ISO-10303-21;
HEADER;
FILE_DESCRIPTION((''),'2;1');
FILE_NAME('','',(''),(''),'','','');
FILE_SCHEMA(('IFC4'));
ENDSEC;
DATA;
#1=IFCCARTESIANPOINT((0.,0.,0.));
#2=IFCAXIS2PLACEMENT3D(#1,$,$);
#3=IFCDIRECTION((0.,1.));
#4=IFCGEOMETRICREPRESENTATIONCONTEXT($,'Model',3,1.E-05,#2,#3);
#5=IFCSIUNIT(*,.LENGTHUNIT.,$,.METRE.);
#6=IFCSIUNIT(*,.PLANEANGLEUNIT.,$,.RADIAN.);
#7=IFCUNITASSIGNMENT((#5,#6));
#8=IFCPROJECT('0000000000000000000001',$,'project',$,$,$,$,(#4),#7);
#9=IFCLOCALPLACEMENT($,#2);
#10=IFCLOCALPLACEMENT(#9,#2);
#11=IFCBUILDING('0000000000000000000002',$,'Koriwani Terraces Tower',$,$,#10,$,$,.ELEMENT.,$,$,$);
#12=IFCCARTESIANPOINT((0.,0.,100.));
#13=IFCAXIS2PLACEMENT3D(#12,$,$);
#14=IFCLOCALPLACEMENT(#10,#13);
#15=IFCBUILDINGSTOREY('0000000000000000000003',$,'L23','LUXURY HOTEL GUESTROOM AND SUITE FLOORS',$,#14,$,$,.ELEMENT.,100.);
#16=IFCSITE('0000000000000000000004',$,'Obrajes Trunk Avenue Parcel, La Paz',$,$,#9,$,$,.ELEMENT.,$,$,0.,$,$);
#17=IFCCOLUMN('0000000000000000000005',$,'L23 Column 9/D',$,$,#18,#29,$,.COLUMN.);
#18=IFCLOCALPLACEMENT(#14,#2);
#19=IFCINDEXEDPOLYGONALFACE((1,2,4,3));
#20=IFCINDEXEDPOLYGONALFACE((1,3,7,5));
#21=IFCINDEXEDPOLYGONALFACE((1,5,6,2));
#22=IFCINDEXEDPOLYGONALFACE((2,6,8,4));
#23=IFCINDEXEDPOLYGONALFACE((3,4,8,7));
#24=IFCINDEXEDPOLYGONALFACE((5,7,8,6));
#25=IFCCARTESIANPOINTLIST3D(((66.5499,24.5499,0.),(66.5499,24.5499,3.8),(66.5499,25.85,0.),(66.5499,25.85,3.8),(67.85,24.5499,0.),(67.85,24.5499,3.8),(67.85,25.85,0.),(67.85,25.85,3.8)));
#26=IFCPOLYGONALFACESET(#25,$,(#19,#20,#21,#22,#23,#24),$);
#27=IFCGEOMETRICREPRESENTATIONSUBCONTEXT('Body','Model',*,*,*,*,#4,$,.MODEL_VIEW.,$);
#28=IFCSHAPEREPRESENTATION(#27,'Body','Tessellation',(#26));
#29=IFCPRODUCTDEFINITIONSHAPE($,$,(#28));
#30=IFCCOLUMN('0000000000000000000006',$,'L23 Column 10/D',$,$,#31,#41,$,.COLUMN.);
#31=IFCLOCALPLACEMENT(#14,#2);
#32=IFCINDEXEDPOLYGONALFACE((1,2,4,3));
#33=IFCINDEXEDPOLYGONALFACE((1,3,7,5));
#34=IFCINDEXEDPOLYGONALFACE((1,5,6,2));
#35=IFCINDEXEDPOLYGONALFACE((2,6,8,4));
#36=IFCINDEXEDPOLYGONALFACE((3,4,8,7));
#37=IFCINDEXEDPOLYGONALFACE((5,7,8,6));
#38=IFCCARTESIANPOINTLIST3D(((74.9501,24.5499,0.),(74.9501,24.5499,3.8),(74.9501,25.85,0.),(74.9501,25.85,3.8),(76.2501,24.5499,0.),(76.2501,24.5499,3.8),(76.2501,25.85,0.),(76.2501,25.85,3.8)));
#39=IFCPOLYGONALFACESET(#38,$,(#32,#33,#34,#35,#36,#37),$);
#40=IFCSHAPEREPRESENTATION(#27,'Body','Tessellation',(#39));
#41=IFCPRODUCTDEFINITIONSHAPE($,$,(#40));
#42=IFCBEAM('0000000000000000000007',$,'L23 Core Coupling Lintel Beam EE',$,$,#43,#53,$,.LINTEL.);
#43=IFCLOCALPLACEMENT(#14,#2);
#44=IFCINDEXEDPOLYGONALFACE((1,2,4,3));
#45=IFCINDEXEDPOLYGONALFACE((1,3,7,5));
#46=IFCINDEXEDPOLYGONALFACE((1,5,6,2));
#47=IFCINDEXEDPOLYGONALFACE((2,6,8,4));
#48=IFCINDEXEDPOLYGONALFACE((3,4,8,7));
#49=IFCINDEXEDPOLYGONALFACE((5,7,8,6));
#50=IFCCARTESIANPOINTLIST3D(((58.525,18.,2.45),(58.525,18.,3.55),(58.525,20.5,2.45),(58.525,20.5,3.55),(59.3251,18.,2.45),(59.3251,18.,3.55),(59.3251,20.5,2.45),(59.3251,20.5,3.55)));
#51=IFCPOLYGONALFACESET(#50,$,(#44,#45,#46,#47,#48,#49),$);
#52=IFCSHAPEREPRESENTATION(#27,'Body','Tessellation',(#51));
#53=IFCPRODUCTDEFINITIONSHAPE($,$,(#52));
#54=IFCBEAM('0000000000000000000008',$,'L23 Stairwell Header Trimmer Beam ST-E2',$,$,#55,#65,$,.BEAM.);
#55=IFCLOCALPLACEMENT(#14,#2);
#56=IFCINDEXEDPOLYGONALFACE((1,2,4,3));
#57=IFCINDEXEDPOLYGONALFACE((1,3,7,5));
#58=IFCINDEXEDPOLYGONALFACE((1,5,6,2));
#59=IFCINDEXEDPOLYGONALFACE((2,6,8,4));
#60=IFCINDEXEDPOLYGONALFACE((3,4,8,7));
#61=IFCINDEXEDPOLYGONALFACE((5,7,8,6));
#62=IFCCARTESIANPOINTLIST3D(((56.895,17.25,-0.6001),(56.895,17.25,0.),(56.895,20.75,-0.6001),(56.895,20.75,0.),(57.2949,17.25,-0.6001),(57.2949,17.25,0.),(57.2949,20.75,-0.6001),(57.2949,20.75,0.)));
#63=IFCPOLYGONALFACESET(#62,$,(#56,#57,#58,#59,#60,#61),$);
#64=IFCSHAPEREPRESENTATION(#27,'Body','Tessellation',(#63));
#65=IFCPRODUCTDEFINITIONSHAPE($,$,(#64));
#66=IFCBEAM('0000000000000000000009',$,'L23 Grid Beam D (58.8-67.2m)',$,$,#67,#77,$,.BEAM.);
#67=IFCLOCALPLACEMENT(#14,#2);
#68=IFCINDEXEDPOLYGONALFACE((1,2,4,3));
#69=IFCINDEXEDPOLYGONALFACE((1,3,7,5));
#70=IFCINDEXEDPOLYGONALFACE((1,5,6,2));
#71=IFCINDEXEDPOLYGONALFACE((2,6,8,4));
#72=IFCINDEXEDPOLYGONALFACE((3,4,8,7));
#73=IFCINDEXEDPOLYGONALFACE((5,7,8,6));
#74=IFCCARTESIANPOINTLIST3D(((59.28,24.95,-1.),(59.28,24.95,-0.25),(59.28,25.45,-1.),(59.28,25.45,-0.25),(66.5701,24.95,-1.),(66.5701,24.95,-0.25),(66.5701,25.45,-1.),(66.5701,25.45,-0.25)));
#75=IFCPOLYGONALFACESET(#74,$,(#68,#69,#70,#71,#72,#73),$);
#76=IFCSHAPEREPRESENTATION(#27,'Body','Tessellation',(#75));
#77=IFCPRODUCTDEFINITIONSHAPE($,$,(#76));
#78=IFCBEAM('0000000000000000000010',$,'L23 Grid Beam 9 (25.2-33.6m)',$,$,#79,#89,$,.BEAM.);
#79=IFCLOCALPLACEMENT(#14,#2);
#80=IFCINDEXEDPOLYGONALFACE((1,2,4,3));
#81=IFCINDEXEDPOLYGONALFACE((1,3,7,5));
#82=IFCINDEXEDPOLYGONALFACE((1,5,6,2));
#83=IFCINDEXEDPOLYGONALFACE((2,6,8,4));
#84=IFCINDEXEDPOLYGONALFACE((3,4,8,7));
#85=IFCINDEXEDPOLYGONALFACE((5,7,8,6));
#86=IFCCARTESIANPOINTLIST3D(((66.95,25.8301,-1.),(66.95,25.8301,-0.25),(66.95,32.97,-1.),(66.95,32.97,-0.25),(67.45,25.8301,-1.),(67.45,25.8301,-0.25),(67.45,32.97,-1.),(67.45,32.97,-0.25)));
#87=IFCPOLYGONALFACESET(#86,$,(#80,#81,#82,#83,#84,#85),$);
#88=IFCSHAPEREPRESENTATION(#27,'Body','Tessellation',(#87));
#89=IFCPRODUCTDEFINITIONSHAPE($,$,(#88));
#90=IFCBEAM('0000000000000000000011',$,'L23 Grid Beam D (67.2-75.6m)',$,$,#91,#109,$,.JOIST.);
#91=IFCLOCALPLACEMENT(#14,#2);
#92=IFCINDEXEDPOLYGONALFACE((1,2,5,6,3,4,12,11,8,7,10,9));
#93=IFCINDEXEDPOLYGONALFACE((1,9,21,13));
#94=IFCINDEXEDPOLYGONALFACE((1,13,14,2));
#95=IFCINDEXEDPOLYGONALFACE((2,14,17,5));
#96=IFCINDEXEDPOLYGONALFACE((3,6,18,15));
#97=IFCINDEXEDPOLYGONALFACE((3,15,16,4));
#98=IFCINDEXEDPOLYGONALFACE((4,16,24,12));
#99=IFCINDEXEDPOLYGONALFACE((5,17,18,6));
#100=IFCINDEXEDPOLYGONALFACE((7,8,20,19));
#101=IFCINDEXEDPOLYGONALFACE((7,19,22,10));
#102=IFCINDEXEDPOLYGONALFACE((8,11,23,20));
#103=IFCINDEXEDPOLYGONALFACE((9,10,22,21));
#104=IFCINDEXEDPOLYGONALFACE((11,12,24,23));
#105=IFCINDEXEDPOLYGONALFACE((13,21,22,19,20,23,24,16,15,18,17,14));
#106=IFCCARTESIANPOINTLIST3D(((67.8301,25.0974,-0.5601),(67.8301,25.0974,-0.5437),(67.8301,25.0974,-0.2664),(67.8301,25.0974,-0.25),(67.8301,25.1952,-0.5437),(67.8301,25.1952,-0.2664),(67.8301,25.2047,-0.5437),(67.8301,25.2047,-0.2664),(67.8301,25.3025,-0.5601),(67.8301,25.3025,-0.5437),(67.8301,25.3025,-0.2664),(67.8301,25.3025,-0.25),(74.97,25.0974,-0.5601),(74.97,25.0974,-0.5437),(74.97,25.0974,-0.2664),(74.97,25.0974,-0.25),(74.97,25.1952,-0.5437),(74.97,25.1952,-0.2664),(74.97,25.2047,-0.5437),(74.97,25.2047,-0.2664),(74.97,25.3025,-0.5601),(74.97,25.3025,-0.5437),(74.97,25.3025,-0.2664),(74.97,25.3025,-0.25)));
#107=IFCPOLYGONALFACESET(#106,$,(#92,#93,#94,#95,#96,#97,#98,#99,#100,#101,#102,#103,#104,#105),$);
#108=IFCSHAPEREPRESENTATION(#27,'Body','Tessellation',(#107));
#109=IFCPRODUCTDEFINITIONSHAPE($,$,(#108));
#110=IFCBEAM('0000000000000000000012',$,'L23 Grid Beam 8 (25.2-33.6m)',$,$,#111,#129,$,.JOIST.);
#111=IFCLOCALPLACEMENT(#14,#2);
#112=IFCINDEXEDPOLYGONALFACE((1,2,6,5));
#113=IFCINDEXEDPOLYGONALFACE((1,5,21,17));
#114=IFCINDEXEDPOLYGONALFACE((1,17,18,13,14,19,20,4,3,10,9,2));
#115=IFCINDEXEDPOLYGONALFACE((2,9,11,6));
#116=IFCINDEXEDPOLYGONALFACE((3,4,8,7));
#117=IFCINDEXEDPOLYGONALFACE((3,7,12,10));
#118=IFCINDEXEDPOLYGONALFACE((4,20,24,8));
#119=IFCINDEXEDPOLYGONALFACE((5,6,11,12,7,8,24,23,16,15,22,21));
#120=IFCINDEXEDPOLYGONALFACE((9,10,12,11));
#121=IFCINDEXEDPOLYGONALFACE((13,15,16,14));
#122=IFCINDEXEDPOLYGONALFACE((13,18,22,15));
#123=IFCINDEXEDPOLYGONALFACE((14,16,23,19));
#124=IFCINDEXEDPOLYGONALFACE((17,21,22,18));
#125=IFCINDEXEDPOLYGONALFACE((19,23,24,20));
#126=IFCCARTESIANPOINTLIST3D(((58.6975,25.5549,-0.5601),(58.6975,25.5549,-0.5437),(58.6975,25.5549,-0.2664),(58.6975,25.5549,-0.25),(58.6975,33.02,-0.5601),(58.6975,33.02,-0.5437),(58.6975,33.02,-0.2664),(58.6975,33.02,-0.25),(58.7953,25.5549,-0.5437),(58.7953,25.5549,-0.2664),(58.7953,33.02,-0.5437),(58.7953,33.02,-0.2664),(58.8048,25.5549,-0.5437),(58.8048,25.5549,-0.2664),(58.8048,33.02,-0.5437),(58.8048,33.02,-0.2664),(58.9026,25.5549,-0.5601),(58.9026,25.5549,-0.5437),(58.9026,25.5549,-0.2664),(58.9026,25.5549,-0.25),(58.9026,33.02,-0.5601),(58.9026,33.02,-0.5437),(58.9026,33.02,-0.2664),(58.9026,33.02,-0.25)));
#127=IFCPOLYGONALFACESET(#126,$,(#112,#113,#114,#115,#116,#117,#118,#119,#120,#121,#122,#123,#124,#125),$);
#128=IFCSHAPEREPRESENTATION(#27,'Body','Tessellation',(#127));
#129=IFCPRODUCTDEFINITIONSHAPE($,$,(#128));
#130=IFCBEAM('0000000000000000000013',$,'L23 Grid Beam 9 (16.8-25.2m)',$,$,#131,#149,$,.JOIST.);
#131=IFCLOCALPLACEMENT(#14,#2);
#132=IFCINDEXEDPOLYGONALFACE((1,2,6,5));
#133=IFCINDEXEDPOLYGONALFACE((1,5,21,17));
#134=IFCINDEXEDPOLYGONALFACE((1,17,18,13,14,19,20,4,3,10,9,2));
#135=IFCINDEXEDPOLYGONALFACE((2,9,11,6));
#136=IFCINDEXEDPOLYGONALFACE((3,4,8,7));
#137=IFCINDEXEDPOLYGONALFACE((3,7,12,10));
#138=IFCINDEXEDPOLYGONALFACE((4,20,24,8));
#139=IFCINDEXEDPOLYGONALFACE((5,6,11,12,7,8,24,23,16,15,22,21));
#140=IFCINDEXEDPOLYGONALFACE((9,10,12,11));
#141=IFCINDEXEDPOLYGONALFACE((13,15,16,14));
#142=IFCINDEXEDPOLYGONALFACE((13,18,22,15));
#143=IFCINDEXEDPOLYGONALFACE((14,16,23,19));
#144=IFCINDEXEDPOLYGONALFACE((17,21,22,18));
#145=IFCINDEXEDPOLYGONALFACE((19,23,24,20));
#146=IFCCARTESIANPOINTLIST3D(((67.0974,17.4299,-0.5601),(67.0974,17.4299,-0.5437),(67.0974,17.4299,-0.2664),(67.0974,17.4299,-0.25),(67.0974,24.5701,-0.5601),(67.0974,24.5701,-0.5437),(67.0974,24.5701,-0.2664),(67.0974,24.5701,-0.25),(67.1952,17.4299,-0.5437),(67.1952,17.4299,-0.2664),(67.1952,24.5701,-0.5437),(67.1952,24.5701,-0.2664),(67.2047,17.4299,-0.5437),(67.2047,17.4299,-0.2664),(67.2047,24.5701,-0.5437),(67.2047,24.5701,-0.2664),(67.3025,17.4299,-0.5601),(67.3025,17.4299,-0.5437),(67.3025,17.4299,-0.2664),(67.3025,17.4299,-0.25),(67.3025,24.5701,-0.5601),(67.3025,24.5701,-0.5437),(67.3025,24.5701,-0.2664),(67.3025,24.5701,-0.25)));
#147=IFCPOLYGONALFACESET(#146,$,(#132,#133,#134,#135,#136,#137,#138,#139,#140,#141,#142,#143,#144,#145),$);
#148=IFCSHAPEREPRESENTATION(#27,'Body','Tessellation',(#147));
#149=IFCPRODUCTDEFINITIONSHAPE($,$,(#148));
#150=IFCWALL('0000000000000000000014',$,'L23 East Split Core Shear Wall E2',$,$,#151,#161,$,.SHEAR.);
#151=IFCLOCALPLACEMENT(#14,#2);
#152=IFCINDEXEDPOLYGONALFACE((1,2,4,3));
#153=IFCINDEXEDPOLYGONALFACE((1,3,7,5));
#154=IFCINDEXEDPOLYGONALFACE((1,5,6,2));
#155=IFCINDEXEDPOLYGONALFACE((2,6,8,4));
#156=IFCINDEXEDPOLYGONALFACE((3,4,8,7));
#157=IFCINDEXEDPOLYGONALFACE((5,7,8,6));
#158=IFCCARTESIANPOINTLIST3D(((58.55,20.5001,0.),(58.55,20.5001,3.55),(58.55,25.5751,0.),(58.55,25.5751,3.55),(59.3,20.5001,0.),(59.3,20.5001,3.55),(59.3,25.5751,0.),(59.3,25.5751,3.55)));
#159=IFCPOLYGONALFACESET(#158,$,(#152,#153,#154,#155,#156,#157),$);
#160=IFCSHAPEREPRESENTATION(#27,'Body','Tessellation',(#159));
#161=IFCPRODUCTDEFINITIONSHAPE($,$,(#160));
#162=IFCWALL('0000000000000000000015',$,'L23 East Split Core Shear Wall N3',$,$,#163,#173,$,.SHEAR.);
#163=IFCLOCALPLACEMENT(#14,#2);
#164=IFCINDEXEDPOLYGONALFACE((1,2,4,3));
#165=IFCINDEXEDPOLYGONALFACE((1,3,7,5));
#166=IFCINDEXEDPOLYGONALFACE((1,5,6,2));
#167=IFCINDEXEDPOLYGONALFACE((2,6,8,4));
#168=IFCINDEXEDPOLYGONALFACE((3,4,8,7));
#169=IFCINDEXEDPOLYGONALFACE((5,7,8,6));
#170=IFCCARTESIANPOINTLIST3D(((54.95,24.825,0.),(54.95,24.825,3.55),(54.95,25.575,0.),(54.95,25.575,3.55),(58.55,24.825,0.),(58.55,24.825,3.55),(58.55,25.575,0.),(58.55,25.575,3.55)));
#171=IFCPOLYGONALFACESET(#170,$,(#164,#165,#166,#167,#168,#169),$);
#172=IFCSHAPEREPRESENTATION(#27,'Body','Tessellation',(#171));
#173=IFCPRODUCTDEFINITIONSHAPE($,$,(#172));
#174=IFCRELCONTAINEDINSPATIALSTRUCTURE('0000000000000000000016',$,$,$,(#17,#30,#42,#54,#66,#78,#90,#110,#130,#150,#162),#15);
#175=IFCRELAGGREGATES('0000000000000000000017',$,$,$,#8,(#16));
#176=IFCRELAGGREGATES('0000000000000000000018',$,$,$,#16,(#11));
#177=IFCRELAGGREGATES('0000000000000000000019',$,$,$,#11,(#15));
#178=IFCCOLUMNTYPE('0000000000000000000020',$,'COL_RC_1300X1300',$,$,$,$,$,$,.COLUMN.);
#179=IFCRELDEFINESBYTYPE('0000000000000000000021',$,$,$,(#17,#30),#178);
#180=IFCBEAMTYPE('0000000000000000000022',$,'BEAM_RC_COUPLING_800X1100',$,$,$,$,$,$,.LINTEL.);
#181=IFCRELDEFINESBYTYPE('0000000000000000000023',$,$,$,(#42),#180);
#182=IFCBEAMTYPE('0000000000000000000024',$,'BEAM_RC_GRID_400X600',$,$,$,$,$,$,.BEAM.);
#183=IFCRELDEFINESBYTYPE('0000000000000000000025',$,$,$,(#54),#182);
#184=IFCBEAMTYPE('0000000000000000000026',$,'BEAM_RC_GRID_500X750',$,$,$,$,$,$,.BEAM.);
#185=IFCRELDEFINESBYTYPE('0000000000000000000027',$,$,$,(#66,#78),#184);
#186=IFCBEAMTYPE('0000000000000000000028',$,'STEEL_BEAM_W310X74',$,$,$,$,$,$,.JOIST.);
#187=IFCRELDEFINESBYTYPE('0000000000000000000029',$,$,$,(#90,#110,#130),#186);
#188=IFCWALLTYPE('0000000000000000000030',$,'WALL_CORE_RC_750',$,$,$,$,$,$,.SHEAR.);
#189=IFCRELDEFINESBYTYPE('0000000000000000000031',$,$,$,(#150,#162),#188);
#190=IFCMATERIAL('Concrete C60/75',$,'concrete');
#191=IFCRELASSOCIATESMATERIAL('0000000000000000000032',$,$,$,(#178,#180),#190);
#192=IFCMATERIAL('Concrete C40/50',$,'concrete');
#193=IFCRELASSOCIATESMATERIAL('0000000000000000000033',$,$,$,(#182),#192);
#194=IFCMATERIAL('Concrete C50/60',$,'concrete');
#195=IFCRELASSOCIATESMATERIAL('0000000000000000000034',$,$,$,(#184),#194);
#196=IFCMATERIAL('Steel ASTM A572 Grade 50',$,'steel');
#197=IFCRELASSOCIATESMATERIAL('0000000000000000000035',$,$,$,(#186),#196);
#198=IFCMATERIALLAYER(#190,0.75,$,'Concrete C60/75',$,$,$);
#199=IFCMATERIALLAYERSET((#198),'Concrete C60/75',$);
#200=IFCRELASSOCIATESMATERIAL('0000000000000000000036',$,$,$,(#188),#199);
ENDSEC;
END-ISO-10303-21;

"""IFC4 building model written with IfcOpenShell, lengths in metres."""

from ifc_helpers import new_model, si_unit, direction, frame, frame_2d, origin, origin_2d, place, context, subcontext, project, spatial, rectangle, i_section, extrude, material, layer, layer_set, material_profile, profile_set, type_object, element, save


model = new_model("IFC4")

# Units and contexts
model_context = context("Model", 3, precision=1e-05, world=origin(), true_north=direction((0.0, 1.0)))
body_context = subcontext(model_context, "Body", "Model", "MODEL_VIEW")
ifc_project = project(units=[si_unit("LENGTHUNIT", "METRE"), si_unit("PLANEANGLEUNIT", "RADIAN")], contexts=[model_context])

# Site, building, storey
site_placement = place(None, origin())
site = spatial("IfcSite", under=ifc_project, at=site_placement, Name="Obrajes Trunk Avenue Parcel, La Paz", CompositionType="ELEMENT", RefElevation=0.0)
building_placement = place(site_placement, origin())
building = spatial("IfcBuilding", under=site, at=building_placement, Name="Koriwani Terraces Tower", CompositionType="ELEMENT")
storey_placement = place(building_placement, frame((0.0, 0.0, 100.0)))
storey = spatial("IfcBuildingStorey", under=building, at=storey_placement, Name="L23", Description="LUXURY HOTEL GUESTROOM AND SUITE FLOORS", CompositionType="ELEMENT", Elevation=100.0)

# Columns
ifc_material_1 = material(Name="Concrete C60/75", Category="concrete")
ifc_material_profile_1 = material_profile(ifc_material_1, rectangle(XDim=1.3, YDim=1.3, at=origin_2d()), Name="Concrete C60/75", Category="LoadBearing")
ifc_profile_set_1 = profile_set([ifc_material_profile_1], Name="Concrete C60/75")
column_type = type_object("IfcColumnType", Name="COL_RC_1300X1300", PredefinedType="COLUMN", material=ifc_profile_set_1)
for number, where, z_axis, x_axis, name in (
    (1, (67.2, 25.2, 0.0), (0.0, 0.0, 1.0), (1.0, 0.0, 0.0), "L23 Column 9/D"),
    (2, (75.6001, 25.2, 0.0), (0.0, 0.0, 1.0), (1.0, 0.0, 0.0), "L23 Column 10/D"),
):
    element("IfcColumn", number, at=place(storey_placement, frame(where, z_axis=z_axis, x_axis=x_axis)), inside=storey, type_object=column_type, Name=name, PredefinedType="COLUMN", context=body_context, shape_type="SweptSolid", body=[
        extrude(rectangle(XDim=1.3, YDim=1.3, at=origin_2d()), origin(), (0.0, 0.0, 1.0), 3.8),
    ])

# Beams
ifc_material_profile_2 = material_profile(ifc_material_1, rectangle(XDim=0.8, YDim=1.1001, at=origin_2d()), Name="Concrete C60/75", Category="LoadBearing")
ifc_profile_set_2 = profile_set([ifc_material_profile_2], Name="Concrete C60/75")
beam_type_1 = type_object("IfcBeamType", Name="BEAM_RC_COUPLING_800X1100", PredefinedType="LINTEL", material=ifc_profile_set_2)
beam_1_placement = place(storey_placement, frame((58.925, 18.0, 3.0), z_axis=(0.0, 1.0, 0.0), x_axis=(-1.0, 0.0, 0.0)))
element("IfcBeam", 3, at=beam_1_placement, inside=storey, type_object=beam_type_1, Name="L23 Core Coupling Lintel Beam EE", PredefinedType="LINTEL", context=body_context, shape_type="SweptSolid", body=[
    extrude(rectangle(XDim=0.8, YDim=1.1001, at=origin_2d()), origin(), (0.0, 0.0, 1.0), 2.5),
])
ifc_material_2 = material(Name="Concrete C40/50", Category="concrete")
ifc_material_profile_3 = material_profile(ifc_material_2, rectangle(XDim=0.3999, YDim=0.6001, at=origin_2d()), Name="Concrete C40/50", Category="LoadBearing")
ifc_profile_set_3 = profile_set([ifc_material_profile_3], Name="Concrete C40/50")
beam_type_2 = type_object("IfcBeamType", Name="BEAM_RC_GRID_400X600", PredefinedType="BEAM", material=ifc_profile_set_3)
beam_2_placement = place(storey_placement, frame((57.095, 17.25, -0.3), z_axis=(0.0, 1.0, 0.0), x_axis=(-1.0, 0.0, 0.0)))
element("IfcBeam", 4, at=beam_2_placement, inside=storey, type_object=beam_type_2, Name="L23 Stairwell Header Trimmer Beam ST-E2", PredefinedType="BEAM", context=body_context, shape_type="SweptSolid", body=[
    extrude(rectangle(XDim=0.3999, YDim=0.6001, at=origin_2d()), origin(), (0.0, 0.0, 1.0), 3.5),
])
ifc_material_3 = material(Name="Concrete C50/60", Category="concrete")
ifc_material_profile_4 = material_profile(ifc_material_3, rectangle(XDim=0.5, YDim=0.75, at=origin_2d()), Name="Concrete C50/60", Category="LoadBearing")
ifc_profile_set_4 = profile_set([ifc_material_profile_4], Name="Concrete C50/60")
beam_type_3 = type_object("IfcBeamType", Name="BEAM_RC_GRID_500X750", PredefinedType="BEAM", material=ifc_profile_set_4)
beam_3_placement = place(storey_placement, frame((59.28, 25.2, -0.625), z_axis=(1.0, 0.0, 0.0), x_axis=(0.0, 1.0, 0.0)))
element("IfcBeam", 5, at=beam_3_placement, inside=storey, type_object=beam_type_3, Name="L23 Grid Beam D (58.8-67.2m)", PredefinedType="BEAM", context=body_context, shape_type="SweptSolid", body=[
    extrude(rectangle(XDim=0.5, YDim=0.75, at=origin_2d()), origin(), (0.0, 0.0, 1.0), 7.29),
])
beam_4_placement = place(storey_placement, frame((67.2, 25.8301, -0.625), z_axis=(0.0, 1.0, 0.0), x_axis=(-1.0, 0.0, 0.0)))
element("IfcBeam", 6, at=beam_4_placement, inside=storey, type_object=beam_type_3, Name="L23 Grid Beam 9 (25.2-33.6m)", PredefinedType="BEAM", context=body_context, shape_type="SweptSolid", body=[
    extrude(rectangle(XDim=0.5, YDim=0.75, at=origin_2d()), origin(), (0.0, 0.0, 1.0), 7.1399),
])
ifc_material_4 = material(Name="Steel ASTM A572 Grade 50", Category="steel")
ifc_material_profile_5 = material_profile(ifc_material_4, i_section(OverallWidth=0.2051, OverallDepth=0.3101, WebThickness=0.0095, FlangeThickness=0.0164, at=origin_2d()), Name="Steel ASTM A572 Grade 50", Category="LoadBearing")
ifc_profile_set_5 = profile_set([ifc_material_profile_5], Name="Steel ASTM A572 Grade 50")
beam_type_4 = type_object("IfcBeamType", Name="STEEL_BEAM_W310X74", PredefinedType="JOIST", material=ifc_profile_set_5)
beam_5_placement = place(storey_placement, frame((67.8301, 25.2, -0.405), z_axis=(1.0, 0.0, 0.0), x_axis=(0.0, 1.0, 0.0)))
element("IfcBeam", 7, at=beam_5_placement, inside=storey, type_object=beam_type_4, Name="L23 Grid Beam D (67.2-75.6m)", PredefinedType="JOIST", context=body_context, shape_type="SweptSolid", body=[
    extrude(i_section(OverallWidth=0.2051, OverallDepth=0.3101, WebThickness=0.0095, FlangeThickness=0.0164, at=origin_2d()), origin(), (0.0, 0.0, 1.0), 7.1399),
])
beam_6_placement = place(storey_placement, frame((58.8, 25.5549, -0.405), z_axis=(0.0, 1.0, 0.0), x_axis=(-1.0, 0.0, 0.0)))
element("IfcBeam", 8, at=beam_6_placement, inside=storey, type_object=beam_type_4, Name="L23 Grid Beam 8 (25.2-33.6m)", PredefinedType="JOIST", context=body_context, shape_type="SweptSolid", body=[
    extrude(i_section(OverallWidth=0.2051, OverallDepth=0.3101, WebThickness=0.0095, FlangeThickness=0.0164, at=origin_2d()), origin(), (0.0, 0.0, 1.0), 7.4651),
])
beam_7_placement = place(storey_placement, frame((67.2, 17.4299, -0.405), z_axis=(0.0, 1.0, 0.0), x_axis=(-1.0, 0.0, 0.0)))
element("IfcBeam", 9, at=beam_7_placement, inside=storey, type_object=beam_type_4, Name="L23 Grid Beam 9 (16.8-25.2m)", PredefinedType="JOIST", context=body_context, shape_type="SweptSolid", body=[
    extrude(i_section(OverallWidth=0.2051, OverallDepth=0.3101, WebThickness=0.0095, FlangeThickness=0.0164, at=origin_2d()), origin(), (0.0, 0.0, 1.0), 7.1401),
])

# Walls
ifc_layer_1 = layer(ifc_material_1, 0.75, Name="Concrete C60/75")
ifc_layer_set_1 = layer_set([ifc_layer_1], Name="Concrete C60/75")
wall_type_1 = type_object("IfcWallType", Name="WALL_CORE_RC_750", PredefinedType="SHEAR", material=ifc_layer_set_1)
wall_1_placement = place(storey_placement, frame((58.925, 20.5, 0.0), z_axis=(0.0, 0.0, 1.0), x_axis=(0.0, 1.0, 0.0)))
element("IfcWall", 10, at=wall_1_placement, inside=storey, type_object=wall_type_1, Name="L23 East Split Core Shear Wall E2", PredefinedType="SHEAR", context=body_context, shape_type="SweptSolid", body=[
    extrude(rectangle(XDim=5.075, YDim=0.75, at=frame_2d((2.5376, 0.0))), origin(), (0.0, 0.0, 1.0), 3.55),
])
wall_2_placement = place(storey_placement, frame((54.95, 25.2, 0.0), z_axis=(0.0, 0.0, 1.0), x_axis=(1.0, 0.0, 0.0)))
element("IfcWall", 11, at=wall_2_placement, inside=storey, type_object=wall_type_1, Name="L23 East Split Core Shear Wall N3", PredefinedType="SHEAR", context=body_context, shape_type="SweptSolid", body=[
    extrude(rectangle(XDim=3.6001, YDim=0.75, at=frame_2d((1.8, 0.0))), origin(), (0.0, 0.0, 1.0), 3.55),
])

save(model, "model.ifc")
